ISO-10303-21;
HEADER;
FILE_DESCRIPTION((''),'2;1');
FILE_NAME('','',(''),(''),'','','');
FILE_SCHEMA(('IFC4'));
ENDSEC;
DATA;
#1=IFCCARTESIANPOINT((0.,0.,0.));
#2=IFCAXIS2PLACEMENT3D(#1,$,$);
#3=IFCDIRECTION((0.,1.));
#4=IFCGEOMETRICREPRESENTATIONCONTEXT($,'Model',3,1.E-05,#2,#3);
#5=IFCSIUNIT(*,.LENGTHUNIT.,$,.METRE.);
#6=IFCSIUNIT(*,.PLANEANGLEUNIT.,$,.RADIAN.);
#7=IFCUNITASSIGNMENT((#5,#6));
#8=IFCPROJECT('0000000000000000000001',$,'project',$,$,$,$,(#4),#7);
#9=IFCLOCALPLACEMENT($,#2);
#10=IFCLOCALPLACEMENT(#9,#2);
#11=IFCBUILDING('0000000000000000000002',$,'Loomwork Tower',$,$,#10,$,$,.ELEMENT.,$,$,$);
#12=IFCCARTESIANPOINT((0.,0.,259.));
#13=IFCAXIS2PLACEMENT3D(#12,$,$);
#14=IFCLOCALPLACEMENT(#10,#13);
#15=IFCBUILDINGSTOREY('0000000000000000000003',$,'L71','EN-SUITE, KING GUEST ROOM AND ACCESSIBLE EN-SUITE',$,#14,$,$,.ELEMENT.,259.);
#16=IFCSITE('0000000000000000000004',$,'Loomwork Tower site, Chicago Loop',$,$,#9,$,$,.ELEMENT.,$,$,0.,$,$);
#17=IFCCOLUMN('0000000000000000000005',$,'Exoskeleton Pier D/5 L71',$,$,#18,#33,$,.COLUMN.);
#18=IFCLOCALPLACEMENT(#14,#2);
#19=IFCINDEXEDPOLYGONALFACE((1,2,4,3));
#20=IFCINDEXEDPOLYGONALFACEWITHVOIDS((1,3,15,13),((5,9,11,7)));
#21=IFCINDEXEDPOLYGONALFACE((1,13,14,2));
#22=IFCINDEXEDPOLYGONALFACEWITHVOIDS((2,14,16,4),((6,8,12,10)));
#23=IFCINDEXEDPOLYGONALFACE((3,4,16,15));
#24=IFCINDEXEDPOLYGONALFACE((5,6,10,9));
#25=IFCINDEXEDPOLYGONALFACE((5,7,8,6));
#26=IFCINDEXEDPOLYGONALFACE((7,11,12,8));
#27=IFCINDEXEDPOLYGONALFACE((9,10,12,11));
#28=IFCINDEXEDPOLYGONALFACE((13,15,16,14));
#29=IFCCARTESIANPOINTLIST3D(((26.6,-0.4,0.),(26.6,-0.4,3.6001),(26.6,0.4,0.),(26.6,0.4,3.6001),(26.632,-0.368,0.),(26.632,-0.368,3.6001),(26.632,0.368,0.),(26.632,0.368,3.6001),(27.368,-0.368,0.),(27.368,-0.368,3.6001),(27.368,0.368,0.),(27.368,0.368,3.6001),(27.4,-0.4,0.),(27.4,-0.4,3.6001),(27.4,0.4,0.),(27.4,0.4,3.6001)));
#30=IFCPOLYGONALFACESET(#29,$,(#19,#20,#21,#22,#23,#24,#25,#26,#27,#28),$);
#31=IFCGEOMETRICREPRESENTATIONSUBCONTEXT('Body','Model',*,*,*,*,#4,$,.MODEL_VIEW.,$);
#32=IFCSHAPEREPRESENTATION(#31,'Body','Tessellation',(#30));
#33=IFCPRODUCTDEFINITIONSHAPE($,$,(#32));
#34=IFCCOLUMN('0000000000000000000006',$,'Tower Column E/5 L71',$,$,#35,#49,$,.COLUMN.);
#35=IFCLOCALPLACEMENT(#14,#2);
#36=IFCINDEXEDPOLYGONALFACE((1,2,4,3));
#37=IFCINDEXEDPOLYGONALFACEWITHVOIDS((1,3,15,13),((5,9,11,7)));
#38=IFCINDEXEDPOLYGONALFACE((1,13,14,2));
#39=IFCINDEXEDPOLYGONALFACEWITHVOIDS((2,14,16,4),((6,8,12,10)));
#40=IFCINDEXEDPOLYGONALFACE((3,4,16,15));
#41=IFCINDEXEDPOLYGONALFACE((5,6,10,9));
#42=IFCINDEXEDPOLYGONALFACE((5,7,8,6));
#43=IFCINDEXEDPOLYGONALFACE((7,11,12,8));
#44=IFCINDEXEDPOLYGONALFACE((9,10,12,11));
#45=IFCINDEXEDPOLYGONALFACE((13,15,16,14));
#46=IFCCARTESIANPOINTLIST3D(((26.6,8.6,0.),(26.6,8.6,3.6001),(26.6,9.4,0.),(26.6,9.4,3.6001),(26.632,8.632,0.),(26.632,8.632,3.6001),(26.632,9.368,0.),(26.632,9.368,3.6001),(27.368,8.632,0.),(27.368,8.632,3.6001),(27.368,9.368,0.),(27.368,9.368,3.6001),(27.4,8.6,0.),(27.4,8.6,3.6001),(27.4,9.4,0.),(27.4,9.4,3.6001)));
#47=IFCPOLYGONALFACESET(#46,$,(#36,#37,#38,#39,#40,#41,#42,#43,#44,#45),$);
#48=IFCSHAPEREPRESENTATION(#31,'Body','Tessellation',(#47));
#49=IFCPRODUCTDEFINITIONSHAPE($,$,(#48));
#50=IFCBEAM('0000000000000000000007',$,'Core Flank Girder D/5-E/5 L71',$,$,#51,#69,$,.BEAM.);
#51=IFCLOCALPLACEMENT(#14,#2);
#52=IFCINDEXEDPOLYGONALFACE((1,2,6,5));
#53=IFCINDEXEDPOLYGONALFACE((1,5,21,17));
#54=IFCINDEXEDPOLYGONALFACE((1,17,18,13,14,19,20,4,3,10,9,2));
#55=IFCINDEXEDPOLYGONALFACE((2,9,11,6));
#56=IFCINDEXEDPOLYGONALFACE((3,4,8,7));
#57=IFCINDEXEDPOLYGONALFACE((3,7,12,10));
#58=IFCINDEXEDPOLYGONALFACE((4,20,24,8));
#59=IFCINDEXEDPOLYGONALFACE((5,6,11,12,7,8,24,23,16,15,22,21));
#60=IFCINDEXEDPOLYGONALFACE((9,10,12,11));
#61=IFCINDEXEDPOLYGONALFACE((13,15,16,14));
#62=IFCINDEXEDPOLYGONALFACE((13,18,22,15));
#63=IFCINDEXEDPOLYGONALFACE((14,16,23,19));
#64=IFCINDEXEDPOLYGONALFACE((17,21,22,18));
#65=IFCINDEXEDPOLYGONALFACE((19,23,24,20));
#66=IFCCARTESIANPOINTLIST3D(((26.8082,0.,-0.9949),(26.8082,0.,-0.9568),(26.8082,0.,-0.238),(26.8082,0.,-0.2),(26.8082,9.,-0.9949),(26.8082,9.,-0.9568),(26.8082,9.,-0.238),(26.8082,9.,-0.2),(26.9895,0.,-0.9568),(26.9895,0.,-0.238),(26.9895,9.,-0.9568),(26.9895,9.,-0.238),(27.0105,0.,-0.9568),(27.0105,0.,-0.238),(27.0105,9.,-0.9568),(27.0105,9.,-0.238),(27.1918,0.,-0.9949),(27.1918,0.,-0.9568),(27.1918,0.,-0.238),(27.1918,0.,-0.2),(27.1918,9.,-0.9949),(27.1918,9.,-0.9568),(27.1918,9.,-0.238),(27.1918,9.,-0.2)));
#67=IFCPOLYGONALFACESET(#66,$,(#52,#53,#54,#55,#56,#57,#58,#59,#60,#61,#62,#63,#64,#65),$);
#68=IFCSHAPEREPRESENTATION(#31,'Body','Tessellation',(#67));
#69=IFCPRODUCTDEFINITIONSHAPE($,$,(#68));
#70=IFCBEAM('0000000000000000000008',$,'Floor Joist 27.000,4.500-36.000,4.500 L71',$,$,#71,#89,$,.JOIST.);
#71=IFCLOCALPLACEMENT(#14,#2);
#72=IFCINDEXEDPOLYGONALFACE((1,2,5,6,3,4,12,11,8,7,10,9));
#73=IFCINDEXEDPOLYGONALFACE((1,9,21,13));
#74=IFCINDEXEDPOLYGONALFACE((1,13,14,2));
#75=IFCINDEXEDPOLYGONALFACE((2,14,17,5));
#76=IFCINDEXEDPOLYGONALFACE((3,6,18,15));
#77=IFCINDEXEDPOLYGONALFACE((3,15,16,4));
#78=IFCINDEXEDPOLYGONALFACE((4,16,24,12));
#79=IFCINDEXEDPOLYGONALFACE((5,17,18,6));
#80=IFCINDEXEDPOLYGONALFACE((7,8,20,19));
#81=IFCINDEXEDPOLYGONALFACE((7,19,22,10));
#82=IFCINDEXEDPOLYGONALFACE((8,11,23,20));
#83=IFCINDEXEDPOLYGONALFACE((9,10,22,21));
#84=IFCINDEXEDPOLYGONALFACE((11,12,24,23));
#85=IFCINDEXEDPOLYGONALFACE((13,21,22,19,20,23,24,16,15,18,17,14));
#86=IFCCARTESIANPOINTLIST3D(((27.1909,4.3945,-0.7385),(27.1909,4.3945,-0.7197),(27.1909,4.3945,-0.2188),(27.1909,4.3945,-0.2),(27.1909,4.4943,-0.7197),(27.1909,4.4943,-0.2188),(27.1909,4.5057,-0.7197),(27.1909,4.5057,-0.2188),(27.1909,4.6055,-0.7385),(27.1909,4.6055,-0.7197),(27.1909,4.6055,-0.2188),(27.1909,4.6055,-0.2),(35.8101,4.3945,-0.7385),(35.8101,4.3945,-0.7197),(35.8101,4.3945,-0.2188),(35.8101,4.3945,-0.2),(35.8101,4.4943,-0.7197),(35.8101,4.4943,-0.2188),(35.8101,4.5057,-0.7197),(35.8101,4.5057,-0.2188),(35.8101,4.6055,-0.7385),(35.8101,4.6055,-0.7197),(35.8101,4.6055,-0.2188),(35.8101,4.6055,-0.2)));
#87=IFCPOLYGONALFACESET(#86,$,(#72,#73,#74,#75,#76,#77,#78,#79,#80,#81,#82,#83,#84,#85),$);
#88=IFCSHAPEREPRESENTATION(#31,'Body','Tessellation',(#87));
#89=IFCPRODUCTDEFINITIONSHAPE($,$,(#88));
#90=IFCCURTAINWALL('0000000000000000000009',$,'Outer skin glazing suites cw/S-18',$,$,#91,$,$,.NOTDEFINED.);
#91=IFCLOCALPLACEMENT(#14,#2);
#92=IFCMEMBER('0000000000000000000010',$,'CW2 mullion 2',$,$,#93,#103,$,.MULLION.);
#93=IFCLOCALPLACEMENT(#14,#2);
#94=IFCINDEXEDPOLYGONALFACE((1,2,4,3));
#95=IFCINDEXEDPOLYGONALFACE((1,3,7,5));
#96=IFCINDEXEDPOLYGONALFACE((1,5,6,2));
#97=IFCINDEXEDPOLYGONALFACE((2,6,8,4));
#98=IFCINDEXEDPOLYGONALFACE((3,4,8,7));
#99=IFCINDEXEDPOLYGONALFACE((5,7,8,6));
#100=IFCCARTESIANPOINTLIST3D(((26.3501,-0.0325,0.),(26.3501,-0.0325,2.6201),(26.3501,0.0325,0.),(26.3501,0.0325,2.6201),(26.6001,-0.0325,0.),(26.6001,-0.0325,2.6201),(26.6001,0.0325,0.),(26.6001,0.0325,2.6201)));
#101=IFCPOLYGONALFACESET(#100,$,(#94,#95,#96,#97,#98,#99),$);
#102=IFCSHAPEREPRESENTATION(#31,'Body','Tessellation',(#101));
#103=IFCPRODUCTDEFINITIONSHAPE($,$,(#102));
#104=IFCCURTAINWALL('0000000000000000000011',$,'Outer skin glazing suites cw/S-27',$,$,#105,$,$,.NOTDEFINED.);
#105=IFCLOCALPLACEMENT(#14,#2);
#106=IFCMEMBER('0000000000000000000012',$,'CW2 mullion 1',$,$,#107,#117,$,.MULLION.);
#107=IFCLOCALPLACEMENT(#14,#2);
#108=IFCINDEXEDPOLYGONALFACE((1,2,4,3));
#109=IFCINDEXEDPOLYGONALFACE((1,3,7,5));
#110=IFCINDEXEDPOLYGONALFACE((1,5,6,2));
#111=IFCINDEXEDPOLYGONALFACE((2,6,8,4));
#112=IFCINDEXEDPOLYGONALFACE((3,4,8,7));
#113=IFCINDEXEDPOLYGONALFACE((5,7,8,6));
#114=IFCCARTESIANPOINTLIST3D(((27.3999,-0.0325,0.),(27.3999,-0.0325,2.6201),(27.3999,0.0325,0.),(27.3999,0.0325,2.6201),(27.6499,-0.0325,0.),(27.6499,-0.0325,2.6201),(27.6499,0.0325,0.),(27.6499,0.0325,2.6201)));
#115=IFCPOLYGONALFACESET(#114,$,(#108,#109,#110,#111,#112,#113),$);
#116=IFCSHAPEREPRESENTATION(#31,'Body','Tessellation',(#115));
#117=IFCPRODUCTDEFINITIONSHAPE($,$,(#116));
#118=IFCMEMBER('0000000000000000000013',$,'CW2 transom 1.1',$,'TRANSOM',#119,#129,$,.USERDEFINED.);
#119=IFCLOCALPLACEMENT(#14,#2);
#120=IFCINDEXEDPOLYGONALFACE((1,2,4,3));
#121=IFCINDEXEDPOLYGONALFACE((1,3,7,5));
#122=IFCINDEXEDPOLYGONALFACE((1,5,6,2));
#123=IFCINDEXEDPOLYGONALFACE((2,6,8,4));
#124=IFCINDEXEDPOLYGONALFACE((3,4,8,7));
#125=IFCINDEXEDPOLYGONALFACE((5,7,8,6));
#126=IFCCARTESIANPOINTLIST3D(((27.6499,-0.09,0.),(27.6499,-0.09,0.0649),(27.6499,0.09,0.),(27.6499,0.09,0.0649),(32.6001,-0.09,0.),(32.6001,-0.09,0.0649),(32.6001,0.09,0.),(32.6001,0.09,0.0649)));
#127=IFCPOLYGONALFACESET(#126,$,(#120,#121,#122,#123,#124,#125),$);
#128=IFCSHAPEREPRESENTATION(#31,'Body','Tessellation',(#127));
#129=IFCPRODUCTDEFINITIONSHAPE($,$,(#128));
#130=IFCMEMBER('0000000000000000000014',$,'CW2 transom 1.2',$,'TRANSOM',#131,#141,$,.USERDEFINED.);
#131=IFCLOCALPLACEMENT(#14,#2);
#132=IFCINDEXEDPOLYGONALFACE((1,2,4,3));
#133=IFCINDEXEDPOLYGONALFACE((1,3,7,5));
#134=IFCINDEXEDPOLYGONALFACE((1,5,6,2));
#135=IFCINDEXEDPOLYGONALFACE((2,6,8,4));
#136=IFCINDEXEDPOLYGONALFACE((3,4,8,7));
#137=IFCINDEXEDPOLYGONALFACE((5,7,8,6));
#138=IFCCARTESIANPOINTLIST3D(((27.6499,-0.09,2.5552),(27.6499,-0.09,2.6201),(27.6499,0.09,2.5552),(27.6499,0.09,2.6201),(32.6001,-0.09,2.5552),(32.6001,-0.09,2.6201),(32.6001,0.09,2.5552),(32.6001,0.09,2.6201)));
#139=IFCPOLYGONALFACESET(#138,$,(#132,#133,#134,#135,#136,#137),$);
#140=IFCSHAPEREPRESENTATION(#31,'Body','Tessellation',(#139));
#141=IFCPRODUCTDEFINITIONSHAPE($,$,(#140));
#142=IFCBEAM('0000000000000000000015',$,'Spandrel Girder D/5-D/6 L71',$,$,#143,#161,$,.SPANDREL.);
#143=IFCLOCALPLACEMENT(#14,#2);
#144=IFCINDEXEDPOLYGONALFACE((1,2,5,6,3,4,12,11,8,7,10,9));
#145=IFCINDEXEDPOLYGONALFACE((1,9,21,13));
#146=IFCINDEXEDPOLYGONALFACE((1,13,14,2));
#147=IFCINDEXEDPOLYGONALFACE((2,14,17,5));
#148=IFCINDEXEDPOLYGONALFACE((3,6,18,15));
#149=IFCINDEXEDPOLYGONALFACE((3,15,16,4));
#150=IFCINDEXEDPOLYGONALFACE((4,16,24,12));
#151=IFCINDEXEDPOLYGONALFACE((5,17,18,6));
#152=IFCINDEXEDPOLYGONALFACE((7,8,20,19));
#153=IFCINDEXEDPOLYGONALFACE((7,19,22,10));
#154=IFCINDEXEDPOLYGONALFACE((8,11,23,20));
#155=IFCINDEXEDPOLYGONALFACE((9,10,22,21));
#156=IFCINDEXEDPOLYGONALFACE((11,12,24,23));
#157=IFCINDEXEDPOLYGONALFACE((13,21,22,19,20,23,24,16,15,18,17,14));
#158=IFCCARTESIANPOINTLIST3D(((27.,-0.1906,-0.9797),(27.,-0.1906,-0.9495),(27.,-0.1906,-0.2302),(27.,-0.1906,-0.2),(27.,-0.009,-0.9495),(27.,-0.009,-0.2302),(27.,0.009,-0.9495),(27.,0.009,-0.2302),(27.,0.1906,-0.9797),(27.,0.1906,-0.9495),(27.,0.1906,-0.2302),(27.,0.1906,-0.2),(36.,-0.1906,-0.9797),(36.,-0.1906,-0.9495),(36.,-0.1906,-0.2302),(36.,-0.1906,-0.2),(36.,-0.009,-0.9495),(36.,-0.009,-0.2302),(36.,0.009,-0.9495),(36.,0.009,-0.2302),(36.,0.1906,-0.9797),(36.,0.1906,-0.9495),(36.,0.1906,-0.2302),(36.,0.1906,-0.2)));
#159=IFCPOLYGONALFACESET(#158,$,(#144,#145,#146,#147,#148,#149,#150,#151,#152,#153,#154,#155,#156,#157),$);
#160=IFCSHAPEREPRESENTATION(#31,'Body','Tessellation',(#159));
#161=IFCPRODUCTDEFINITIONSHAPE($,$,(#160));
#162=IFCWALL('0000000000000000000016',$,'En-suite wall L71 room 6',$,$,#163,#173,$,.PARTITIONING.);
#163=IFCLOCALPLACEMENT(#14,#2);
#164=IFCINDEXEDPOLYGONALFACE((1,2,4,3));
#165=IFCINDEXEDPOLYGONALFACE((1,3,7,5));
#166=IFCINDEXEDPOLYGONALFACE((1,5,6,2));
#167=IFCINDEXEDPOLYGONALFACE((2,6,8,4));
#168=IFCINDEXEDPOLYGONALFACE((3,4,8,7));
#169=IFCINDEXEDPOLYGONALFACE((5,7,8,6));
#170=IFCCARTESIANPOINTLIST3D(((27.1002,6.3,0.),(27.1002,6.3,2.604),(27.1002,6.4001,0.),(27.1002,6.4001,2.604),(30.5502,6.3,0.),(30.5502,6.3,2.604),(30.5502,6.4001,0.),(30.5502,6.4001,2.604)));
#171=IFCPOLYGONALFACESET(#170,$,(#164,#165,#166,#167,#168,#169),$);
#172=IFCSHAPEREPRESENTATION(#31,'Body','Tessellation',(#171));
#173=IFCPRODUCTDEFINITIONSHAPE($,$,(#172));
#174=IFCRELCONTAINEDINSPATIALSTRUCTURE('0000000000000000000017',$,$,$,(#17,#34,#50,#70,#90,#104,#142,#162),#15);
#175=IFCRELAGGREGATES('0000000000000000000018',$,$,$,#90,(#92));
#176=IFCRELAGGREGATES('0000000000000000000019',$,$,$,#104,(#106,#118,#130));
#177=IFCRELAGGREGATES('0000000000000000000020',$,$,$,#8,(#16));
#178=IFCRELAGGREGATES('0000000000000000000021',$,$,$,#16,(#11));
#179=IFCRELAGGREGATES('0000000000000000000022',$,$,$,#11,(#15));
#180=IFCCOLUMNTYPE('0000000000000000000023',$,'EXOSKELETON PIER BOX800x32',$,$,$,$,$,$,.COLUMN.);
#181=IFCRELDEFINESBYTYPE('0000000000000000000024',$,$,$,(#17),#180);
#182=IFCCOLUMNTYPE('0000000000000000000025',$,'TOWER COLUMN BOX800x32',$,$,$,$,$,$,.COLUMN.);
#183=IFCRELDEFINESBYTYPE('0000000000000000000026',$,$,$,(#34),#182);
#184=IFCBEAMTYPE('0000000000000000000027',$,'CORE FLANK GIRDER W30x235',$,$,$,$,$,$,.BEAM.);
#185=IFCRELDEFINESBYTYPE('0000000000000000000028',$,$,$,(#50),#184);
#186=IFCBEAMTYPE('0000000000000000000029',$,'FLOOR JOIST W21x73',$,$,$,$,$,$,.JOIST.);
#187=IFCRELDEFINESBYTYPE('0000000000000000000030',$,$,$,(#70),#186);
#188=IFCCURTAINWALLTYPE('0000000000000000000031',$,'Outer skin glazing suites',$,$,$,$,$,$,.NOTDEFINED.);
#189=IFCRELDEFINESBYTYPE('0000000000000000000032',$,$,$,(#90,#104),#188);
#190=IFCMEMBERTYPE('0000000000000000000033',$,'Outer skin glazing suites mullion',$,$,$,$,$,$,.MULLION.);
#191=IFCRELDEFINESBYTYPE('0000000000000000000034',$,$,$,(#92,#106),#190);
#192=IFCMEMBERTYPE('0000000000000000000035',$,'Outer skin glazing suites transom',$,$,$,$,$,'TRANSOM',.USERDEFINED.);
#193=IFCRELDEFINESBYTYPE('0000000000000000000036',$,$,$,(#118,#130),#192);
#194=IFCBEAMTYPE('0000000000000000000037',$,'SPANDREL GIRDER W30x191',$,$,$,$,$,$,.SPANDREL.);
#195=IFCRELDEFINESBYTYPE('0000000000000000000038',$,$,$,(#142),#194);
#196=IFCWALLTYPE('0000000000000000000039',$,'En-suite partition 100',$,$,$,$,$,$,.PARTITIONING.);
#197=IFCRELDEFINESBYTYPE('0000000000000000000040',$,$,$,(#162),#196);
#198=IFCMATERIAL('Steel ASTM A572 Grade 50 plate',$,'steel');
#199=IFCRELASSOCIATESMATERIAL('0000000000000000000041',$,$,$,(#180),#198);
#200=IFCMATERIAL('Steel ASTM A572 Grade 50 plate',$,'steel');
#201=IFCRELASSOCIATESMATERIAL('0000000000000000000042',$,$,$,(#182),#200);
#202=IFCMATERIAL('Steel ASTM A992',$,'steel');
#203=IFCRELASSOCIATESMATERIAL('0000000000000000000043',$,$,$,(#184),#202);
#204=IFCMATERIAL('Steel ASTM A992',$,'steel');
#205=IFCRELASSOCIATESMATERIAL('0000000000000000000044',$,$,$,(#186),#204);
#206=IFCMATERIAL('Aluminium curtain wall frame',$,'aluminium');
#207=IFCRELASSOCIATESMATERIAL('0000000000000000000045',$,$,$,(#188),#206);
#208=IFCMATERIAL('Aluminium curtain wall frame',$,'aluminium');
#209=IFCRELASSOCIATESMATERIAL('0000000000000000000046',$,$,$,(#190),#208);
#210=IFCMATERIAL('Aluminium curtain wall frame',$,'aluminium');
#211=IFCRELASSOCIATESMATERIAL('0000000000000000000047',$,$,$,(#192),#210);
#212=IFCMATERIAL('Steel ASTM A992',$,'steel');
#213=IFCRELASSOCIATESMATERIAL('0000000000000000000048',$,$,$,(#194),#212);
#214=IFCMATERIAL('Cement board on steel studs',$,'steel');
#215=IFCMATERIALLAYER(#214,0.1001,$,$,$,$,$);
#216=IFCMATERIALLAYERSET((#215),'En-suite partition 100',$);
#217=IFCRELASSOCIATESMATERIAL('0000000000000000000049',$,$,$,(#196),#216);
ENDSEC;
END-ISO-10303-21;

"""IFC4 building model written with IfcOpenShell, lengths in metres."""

from ifc_helpers import new_model, si_unit, direction, frame, frame_2d, origin, origin_2d, place, context, subcontext, project, spatial, rectangle, hollow_rectangle, i_section, extrude, material, layer, layer_set, material_profile, profile_set, type_object, element, aggregate, save


model = new_model("IFC4")

# Units and contexts
model_context = context("Model", 3, precision=1e-05, world=origin(), true_north=direction((0.0, 1.0)))
body_context = subcontext(model_context, "Body", "Model", "MODEL_VIEW")
ifc_project = project(units=[si_unit("LENGTHUNIT", "METRE"), si_unit("PLANEANGLEUNIT", "RADIAN")], contexts=[model_context])

# Site, building, storey
site_placement = place(None, origin())
site = spatial("IfcSite", under=ifc_project, at=site_placement, Name="Loomwork Tower site, Chicago Loop", CompositionType="ELEMENT", RefElevation=0.0)
building_placement = place(site_placement, origin())
building = spatial("IfcBuilding", under=site, at=building_placement, Name="Loomwork Tower", CompositionType="ELEMENT")
storey_placement = place(building_placement, frame((0.0, 0.0, 259.0)))
storey = spatial("IfcBuildingStorey", under=building, at=storey_placement, Name="L71", Description="EN-SUITE, KING GUEST ROOM AND ACCESSIBLE EN-SUITE", CompositionType="ELEMENT", Elevation=259.0)

# Columns
ifc_material_1 = material(Name="Steel ASTM A572 Grade 50 plate", Category="steel")
ifc_material_profile_1 = material_profile(ifc_material_1, hollow_rectangle(XDim=0.8, YDim=0.8, WallThickness=0.032, at=origin_2d()), Name="BOX800x32")
ifc_profile_set_1 = profile_set([ifc_material_profile_1], Name="Steel ASTM A572 Grade 50 plate")
column_type_1 = type_object("IfcColumnType", Name="EXOSKELETON PIER BOX800x32", PredefinedType="COLUMN", material=ifc_profile_set_1)
column_1_placement = place(storey_placement, frame((27.0, 0.0, 0.0), z_axis=(0.0, 0.0, 1.0), x_axis=(1.0, 0.0, 0.0)))
element("IfcColumn", 1, at=column_1_placement, inside=storey, type_object=column_type_1, Name="Exoskeleton Pier D/5 L71", PredefinedType="COLUMN", context=body_context, shape_type="SweptSolid", body=[
    extrude(hollow_rectangle(XDim=0.8, YDim=0.8, WallThickness=0.032, at=origin_2d()), origin(), (0.0, 0.0, 1.0), 3.6001),
])
ifc_material_2 = material(Name="Steel ASTM A572 Grade 50 plate", Category="steel")
ifc_material_profile_2 = material_profile(ifc_material_2, hollow_rectangle(XDim=0.8, YDim=0.8, WallThickness=0.032, at=origin_2d()), Name="BOX800x32")
ifc_profile_set_2 = profile_set([ifc_material_profile_2], Name="Steel ASTM A572 Grade 50 plate")
column_type_2 = type_object("IfcColumnType", Name="TOWER COLUMN BOX800x32", PredefinedType="COLUMN", material=ifc_profile_set_2)
column_2_placement = place(storey_placement, frame((27.0, 9.0, 0.0), z_axis=(0.0, 0.0, 1.0), x_axis=(1.0, 0.0, 0.0)))
element("IfcColumn", 2, at=column_2_placement, inside=storey, type_object=column_type_2, Name="Tower Column E/5 L71", PredefinedType="COLUMN", context=body_context, shape_type="SweptSolid", body=[
    extrude(hollow_rectangle(XDim=0.8, YDim=0.8, WallThickness=0.032, at=origin_2d()), origin(), (0.0, 0.0, 1.0), 3.6001),
])

# Beams
ifc_material_3 = material(Name="Steel ASTM A992", Category="steel")
ifc_material_profile_3 = material_profile(ifc_material_3, i_section(OverallWidth=0.3835, OverallDepth=0.7949, WebThickness=0.021, FlangeThickness=0.0381, at=origin_2d()), Name="W30x235")
ifc_profile_set_3 = profile_set([ifc_material_profile_3], Name="Steel ASTM A992")
beam_type_1 = type_object("IfcBeamType", Name="CORE FLANK GIRDER W30x235", PredefinedType="BEAM", material=ifc_profile_set_3)
beam_1_placement = place(storey_placement, frame((27.0, 0.0, -0.5974), z_axis=(0.0, 1.0, 0.0), x_axis=(-1.0, 0.0, 0.0)))
element("IfcBeam", 3, at=beam_1_placement, inside=storey, type_object=beam_type_1, Name="Core Flank Girder D/5-E/5 L71", PredefinedType="BEAM", context=body_context, shape_type="SweptSolid", body=[
    extrude(i_section(OverallWidth=0.3835, OverallDepth=0.7949, WebThickness=0.021, FlangeThickness=0.0381, at=origin_2d()), origin(), (0.0, 0.0, 1.0), 9.0),
])
ifc_material_4 = material(Name="Steel ASTM A992", Category="steel")
ifc_material_profile_4 = material_profile(ifc_material_4, i_section(OverallWidth=0.2109, OverallDepth=0.5386, WebThickness=0.0115, FlangeThickness=0.0188, at=origin_2d()), Name="W21x73")
ifc_profile_set_4 = profile_set([ifc_material_profile_4], Name="Steel ASTM A992")
beam_type_2 = type_object("IfcBeamType", Name="FLOOR JOIST W21x73", PredefinedType="JOIST", material=ifc_profile_set_4)
beam_2_placement = place(storey_placement, frame((27.1909, 4.5, -0.4692), z_axis=(1.0, 0.0, 0.0), x_axis=(0.0, 1.0, 0.0)))
element("IfcBeam", 4, at=beam_2_placement, inside=storey, type_object=beam_type_2, Name="Floor Joist 27.000,4.500-36.000,4.500 L71", PredefinedType="JOIST", context=body_context, shape_type="SweptSolid", body=[
    extrude(i_section(OverallWidth=0.2109, OverallDepth=0.5386, WebThickness=0.0115, FlangeThickness=0.0188, at=origin_2d()), origin(), (0.0, 0.0, 1.0), 8.6191),
])

# Curtain wall, member
ifc_material_5 = material(Name="Aluminium curtain wall frame", Category="aluminium")
curtain_wall_type = type_object("IfcCurtainWallType", Name="Outer skin glazing suites", PredefinedType="NOTDEFINED", material=ifc_material_5)
curtain_wall_1_placement = place(storey_placement, origin())
curtain_wall_1 = element("IfcCurtainWall", 5, at=curtain_wall_1_placement, inside=storey, type_object=curtain_wall_type, Name="Outer skin glazing suites cw/S-18", PredefinedType="NOTDEFINED")
ifc_material_6 = material(Name="Aluminium curtain wall frame", Category="aluminium")
ifc_material_profile_5 = material_profile(ifc_material_6, rectangle(XDim=0.0649, YDim=0.25, at=origin_2d()), Name="AL 65x250")
ifc_profile_set_5 = profile_set([ifc_material_profile_5], Name="Aluminium curtain wall frame")
member_type_1 = type_object("IfcMemberType", Name="Outer skin glazing suites mullion", PredefinedType="MULLION", material=ifc_profile_set_5)
member_1_placement = place(storey_placement, frame((26.4751, 0.0, 0.0), z_axis=(0.0, 0.0, 1.0), x_axis=(0.0, 1.0, 0.0)))
member_1 = element("IfcMember", 6, at=member_1_placement, type_object=member_type_1, Name="CW2 mullion 2", PredefinedType="MULLION", context=body_context, shape_type="SweptSolid", body=[
    extrude(rectangle(XDim=0.0649, YDim=0.25, at=origin_2d()), origin(), (0.0, 0.0, 1.0), 2.6201),
])
aggregate(curtain_wall_1, [member_1])

# Curtain wall, members
curtain_wall_2_placement = place(storey_placement, origin())
curtain_wall_2 = element("IfcCurtainWall", 7, at=curtain_wall_2_placement, inside=storey, type_object=curtain_wall_type, Name="Outer skin glazing suites cw/S-27", PredefinedType="NOTDEFINED")
member_2_placement = place(storey_placement, frame((27.5249, 0.0, 0.0), z_axis=(0.0, 0.0, 1.0), x_axis=(0.0, 1.0, 0.0)))
member_2 = element("IfcMember", 8, at=member_2_placement, type_object=member_type_1, Name="CW2 mullion 1", PredefinedType="MULLION", context=body_context, shape_type="SweptSolid", body=[
    extrude(rectangle(XDim=0.0649, YDim=0.25, at=origin_2d()), origin(), (0.0, 0.0, 1.0), 2.6201),
])
ifc_material_7 = material(Name="Aluminium curtain wall frame", Category="aluminium")
ifc_material_profile_6 = material_profile(ifc_material_7, rectangle(XDim=0.1799, YDim=0.0649, at=origin_2d()), Name="AL 65x180")
ifc_profile_set_6 = profile_set([ifc_material_profile_6], Name="Aluminium curtain wall frame")
member_type_2 = type_object("IfcMemberType", Name="Outer skin glazing suites transom", ElementType="TRANSOM", PredefinedType="USERDEFINED", material=ifc_profile_set_6)
member_3_placement = place(storey_placement, frame((27.6499, 0.0, 0.0325), z_axis=(1.0, 0.0, 0.0), x_axis=(0.0, 1.0, 0.0)))
member_3 = element("IfcMember", 9, at=member_3_placement, type_object=member_type_2, Name="CW2 transom 1.1", ObjectType="TRANSOM", PredefinedType="USERDEFINED", context=body_context, shape_type="SweptSolid", body=[
    extrude(rectangle(XDim=0.1799, YDim=0.0649, at=origin_2d()), origin(), (0.0, 0.0, 1.0), 4.9502),
])
member_4_placement = place(storey_placement, frame((27.6499, 0.0, 2.5876), z_axis=(1.0, 0.0, 0.0), x_axis=(0.0, 1.0, 0.0)))
member_4 = element("IfcMember", 10, at=member_4_placement, type_object=member_type_2, Name="CW2 transom 1.2", ObjectType="TRANSOM", PredefinedType="USERDEFINED", context=body_context, shape_type="SweptSolid", body=[
    extrude(rectangle(XDim=0.1799, YDim=0.0649, at=origin_2d()), origin(), (0.0, 0.0, 1.0), 4.9502),
])
aggregate(curtain_wall_2, [member_2, member_3, member_4])

# Beam
ifc_material_8 = material(Name="Steel ASTM A992", Category="steel")
ifc_material_profile_7 = material_profile(ifc_material_8, i_section(OverallWidth=0.3811, OverallDepth=0.7798, WebThickness=0.0181, FlangeThickness=0.0303, at=origin_2d()), Name="W30x191")
ifc_profile_set_7 = profile_set([ifc_material_profile_7], Name="Steel ASTM A992")
beam_type_3 = type_object("IfcBeamType", Name="SPANDREL GIRDER W30x191", PredefinedType="SPANDREL", material=ifc_profile_set_7)
beam_3_placement = place(storey_placement, frame((27.0, 0.0, -0.5898), z_axis=(1.0, 0.0, 0.0), x_axis=(0.0, 1.0, 0.0)))
element("IfcBeam", 11, at=beam_3_placement, inside=storey, type_object=beam_type_3, Name="Spandrel Girder D/5-D/6 L71", PredefinedType="SPANDREL", context=body_context, shape_type="SweptSolid", body=[
    extrude(i_section(OverallWidth=0.3811, OverallDepth=0.7798, WebThickness=0.0181, FlangeThickness=0.0303, at=origin_2d()), origin(), (0.0, 0.0, 1.0), 9.0),
])

# Wall
ifc_material_9 = material(Name="Cement board on steel studs", Category="steel")
ifc_layer_1 = layer(ifc_material_9, 0.1001)
ifc_layer_set_1 = layer_set([ifc_layer_1], Name="En-suite partition 100")
wall_type_1 = type_object("IfcWallType", Name="En-suite partition 100", PredefinedType="PARTITIONING", material=ifc_layer_set_1)
wall_1_placement = place(storey_placement, frame((27.1001, 6.3501, 0.0), z_axis=(0.0, 0.0, 1.0), x_axis=(1.0, 0.0, 0.0)))
element("IfcWall", 12, at=wall_1_placement, inside=storey, type_object=wall_type_1, Name="En-suite wall L71 room 6", PredefinedType="PARTITIONING", context=body_context, shape_type="SweptSolid", body=[
    extrude(rectangle(XDim=3.45, YDim=0.1001, at=frame_2d((1.7251, 0.0))), origin(), (0.0, 0.0, 1.0), 2.604),
])

save(model, "model.ifc")
